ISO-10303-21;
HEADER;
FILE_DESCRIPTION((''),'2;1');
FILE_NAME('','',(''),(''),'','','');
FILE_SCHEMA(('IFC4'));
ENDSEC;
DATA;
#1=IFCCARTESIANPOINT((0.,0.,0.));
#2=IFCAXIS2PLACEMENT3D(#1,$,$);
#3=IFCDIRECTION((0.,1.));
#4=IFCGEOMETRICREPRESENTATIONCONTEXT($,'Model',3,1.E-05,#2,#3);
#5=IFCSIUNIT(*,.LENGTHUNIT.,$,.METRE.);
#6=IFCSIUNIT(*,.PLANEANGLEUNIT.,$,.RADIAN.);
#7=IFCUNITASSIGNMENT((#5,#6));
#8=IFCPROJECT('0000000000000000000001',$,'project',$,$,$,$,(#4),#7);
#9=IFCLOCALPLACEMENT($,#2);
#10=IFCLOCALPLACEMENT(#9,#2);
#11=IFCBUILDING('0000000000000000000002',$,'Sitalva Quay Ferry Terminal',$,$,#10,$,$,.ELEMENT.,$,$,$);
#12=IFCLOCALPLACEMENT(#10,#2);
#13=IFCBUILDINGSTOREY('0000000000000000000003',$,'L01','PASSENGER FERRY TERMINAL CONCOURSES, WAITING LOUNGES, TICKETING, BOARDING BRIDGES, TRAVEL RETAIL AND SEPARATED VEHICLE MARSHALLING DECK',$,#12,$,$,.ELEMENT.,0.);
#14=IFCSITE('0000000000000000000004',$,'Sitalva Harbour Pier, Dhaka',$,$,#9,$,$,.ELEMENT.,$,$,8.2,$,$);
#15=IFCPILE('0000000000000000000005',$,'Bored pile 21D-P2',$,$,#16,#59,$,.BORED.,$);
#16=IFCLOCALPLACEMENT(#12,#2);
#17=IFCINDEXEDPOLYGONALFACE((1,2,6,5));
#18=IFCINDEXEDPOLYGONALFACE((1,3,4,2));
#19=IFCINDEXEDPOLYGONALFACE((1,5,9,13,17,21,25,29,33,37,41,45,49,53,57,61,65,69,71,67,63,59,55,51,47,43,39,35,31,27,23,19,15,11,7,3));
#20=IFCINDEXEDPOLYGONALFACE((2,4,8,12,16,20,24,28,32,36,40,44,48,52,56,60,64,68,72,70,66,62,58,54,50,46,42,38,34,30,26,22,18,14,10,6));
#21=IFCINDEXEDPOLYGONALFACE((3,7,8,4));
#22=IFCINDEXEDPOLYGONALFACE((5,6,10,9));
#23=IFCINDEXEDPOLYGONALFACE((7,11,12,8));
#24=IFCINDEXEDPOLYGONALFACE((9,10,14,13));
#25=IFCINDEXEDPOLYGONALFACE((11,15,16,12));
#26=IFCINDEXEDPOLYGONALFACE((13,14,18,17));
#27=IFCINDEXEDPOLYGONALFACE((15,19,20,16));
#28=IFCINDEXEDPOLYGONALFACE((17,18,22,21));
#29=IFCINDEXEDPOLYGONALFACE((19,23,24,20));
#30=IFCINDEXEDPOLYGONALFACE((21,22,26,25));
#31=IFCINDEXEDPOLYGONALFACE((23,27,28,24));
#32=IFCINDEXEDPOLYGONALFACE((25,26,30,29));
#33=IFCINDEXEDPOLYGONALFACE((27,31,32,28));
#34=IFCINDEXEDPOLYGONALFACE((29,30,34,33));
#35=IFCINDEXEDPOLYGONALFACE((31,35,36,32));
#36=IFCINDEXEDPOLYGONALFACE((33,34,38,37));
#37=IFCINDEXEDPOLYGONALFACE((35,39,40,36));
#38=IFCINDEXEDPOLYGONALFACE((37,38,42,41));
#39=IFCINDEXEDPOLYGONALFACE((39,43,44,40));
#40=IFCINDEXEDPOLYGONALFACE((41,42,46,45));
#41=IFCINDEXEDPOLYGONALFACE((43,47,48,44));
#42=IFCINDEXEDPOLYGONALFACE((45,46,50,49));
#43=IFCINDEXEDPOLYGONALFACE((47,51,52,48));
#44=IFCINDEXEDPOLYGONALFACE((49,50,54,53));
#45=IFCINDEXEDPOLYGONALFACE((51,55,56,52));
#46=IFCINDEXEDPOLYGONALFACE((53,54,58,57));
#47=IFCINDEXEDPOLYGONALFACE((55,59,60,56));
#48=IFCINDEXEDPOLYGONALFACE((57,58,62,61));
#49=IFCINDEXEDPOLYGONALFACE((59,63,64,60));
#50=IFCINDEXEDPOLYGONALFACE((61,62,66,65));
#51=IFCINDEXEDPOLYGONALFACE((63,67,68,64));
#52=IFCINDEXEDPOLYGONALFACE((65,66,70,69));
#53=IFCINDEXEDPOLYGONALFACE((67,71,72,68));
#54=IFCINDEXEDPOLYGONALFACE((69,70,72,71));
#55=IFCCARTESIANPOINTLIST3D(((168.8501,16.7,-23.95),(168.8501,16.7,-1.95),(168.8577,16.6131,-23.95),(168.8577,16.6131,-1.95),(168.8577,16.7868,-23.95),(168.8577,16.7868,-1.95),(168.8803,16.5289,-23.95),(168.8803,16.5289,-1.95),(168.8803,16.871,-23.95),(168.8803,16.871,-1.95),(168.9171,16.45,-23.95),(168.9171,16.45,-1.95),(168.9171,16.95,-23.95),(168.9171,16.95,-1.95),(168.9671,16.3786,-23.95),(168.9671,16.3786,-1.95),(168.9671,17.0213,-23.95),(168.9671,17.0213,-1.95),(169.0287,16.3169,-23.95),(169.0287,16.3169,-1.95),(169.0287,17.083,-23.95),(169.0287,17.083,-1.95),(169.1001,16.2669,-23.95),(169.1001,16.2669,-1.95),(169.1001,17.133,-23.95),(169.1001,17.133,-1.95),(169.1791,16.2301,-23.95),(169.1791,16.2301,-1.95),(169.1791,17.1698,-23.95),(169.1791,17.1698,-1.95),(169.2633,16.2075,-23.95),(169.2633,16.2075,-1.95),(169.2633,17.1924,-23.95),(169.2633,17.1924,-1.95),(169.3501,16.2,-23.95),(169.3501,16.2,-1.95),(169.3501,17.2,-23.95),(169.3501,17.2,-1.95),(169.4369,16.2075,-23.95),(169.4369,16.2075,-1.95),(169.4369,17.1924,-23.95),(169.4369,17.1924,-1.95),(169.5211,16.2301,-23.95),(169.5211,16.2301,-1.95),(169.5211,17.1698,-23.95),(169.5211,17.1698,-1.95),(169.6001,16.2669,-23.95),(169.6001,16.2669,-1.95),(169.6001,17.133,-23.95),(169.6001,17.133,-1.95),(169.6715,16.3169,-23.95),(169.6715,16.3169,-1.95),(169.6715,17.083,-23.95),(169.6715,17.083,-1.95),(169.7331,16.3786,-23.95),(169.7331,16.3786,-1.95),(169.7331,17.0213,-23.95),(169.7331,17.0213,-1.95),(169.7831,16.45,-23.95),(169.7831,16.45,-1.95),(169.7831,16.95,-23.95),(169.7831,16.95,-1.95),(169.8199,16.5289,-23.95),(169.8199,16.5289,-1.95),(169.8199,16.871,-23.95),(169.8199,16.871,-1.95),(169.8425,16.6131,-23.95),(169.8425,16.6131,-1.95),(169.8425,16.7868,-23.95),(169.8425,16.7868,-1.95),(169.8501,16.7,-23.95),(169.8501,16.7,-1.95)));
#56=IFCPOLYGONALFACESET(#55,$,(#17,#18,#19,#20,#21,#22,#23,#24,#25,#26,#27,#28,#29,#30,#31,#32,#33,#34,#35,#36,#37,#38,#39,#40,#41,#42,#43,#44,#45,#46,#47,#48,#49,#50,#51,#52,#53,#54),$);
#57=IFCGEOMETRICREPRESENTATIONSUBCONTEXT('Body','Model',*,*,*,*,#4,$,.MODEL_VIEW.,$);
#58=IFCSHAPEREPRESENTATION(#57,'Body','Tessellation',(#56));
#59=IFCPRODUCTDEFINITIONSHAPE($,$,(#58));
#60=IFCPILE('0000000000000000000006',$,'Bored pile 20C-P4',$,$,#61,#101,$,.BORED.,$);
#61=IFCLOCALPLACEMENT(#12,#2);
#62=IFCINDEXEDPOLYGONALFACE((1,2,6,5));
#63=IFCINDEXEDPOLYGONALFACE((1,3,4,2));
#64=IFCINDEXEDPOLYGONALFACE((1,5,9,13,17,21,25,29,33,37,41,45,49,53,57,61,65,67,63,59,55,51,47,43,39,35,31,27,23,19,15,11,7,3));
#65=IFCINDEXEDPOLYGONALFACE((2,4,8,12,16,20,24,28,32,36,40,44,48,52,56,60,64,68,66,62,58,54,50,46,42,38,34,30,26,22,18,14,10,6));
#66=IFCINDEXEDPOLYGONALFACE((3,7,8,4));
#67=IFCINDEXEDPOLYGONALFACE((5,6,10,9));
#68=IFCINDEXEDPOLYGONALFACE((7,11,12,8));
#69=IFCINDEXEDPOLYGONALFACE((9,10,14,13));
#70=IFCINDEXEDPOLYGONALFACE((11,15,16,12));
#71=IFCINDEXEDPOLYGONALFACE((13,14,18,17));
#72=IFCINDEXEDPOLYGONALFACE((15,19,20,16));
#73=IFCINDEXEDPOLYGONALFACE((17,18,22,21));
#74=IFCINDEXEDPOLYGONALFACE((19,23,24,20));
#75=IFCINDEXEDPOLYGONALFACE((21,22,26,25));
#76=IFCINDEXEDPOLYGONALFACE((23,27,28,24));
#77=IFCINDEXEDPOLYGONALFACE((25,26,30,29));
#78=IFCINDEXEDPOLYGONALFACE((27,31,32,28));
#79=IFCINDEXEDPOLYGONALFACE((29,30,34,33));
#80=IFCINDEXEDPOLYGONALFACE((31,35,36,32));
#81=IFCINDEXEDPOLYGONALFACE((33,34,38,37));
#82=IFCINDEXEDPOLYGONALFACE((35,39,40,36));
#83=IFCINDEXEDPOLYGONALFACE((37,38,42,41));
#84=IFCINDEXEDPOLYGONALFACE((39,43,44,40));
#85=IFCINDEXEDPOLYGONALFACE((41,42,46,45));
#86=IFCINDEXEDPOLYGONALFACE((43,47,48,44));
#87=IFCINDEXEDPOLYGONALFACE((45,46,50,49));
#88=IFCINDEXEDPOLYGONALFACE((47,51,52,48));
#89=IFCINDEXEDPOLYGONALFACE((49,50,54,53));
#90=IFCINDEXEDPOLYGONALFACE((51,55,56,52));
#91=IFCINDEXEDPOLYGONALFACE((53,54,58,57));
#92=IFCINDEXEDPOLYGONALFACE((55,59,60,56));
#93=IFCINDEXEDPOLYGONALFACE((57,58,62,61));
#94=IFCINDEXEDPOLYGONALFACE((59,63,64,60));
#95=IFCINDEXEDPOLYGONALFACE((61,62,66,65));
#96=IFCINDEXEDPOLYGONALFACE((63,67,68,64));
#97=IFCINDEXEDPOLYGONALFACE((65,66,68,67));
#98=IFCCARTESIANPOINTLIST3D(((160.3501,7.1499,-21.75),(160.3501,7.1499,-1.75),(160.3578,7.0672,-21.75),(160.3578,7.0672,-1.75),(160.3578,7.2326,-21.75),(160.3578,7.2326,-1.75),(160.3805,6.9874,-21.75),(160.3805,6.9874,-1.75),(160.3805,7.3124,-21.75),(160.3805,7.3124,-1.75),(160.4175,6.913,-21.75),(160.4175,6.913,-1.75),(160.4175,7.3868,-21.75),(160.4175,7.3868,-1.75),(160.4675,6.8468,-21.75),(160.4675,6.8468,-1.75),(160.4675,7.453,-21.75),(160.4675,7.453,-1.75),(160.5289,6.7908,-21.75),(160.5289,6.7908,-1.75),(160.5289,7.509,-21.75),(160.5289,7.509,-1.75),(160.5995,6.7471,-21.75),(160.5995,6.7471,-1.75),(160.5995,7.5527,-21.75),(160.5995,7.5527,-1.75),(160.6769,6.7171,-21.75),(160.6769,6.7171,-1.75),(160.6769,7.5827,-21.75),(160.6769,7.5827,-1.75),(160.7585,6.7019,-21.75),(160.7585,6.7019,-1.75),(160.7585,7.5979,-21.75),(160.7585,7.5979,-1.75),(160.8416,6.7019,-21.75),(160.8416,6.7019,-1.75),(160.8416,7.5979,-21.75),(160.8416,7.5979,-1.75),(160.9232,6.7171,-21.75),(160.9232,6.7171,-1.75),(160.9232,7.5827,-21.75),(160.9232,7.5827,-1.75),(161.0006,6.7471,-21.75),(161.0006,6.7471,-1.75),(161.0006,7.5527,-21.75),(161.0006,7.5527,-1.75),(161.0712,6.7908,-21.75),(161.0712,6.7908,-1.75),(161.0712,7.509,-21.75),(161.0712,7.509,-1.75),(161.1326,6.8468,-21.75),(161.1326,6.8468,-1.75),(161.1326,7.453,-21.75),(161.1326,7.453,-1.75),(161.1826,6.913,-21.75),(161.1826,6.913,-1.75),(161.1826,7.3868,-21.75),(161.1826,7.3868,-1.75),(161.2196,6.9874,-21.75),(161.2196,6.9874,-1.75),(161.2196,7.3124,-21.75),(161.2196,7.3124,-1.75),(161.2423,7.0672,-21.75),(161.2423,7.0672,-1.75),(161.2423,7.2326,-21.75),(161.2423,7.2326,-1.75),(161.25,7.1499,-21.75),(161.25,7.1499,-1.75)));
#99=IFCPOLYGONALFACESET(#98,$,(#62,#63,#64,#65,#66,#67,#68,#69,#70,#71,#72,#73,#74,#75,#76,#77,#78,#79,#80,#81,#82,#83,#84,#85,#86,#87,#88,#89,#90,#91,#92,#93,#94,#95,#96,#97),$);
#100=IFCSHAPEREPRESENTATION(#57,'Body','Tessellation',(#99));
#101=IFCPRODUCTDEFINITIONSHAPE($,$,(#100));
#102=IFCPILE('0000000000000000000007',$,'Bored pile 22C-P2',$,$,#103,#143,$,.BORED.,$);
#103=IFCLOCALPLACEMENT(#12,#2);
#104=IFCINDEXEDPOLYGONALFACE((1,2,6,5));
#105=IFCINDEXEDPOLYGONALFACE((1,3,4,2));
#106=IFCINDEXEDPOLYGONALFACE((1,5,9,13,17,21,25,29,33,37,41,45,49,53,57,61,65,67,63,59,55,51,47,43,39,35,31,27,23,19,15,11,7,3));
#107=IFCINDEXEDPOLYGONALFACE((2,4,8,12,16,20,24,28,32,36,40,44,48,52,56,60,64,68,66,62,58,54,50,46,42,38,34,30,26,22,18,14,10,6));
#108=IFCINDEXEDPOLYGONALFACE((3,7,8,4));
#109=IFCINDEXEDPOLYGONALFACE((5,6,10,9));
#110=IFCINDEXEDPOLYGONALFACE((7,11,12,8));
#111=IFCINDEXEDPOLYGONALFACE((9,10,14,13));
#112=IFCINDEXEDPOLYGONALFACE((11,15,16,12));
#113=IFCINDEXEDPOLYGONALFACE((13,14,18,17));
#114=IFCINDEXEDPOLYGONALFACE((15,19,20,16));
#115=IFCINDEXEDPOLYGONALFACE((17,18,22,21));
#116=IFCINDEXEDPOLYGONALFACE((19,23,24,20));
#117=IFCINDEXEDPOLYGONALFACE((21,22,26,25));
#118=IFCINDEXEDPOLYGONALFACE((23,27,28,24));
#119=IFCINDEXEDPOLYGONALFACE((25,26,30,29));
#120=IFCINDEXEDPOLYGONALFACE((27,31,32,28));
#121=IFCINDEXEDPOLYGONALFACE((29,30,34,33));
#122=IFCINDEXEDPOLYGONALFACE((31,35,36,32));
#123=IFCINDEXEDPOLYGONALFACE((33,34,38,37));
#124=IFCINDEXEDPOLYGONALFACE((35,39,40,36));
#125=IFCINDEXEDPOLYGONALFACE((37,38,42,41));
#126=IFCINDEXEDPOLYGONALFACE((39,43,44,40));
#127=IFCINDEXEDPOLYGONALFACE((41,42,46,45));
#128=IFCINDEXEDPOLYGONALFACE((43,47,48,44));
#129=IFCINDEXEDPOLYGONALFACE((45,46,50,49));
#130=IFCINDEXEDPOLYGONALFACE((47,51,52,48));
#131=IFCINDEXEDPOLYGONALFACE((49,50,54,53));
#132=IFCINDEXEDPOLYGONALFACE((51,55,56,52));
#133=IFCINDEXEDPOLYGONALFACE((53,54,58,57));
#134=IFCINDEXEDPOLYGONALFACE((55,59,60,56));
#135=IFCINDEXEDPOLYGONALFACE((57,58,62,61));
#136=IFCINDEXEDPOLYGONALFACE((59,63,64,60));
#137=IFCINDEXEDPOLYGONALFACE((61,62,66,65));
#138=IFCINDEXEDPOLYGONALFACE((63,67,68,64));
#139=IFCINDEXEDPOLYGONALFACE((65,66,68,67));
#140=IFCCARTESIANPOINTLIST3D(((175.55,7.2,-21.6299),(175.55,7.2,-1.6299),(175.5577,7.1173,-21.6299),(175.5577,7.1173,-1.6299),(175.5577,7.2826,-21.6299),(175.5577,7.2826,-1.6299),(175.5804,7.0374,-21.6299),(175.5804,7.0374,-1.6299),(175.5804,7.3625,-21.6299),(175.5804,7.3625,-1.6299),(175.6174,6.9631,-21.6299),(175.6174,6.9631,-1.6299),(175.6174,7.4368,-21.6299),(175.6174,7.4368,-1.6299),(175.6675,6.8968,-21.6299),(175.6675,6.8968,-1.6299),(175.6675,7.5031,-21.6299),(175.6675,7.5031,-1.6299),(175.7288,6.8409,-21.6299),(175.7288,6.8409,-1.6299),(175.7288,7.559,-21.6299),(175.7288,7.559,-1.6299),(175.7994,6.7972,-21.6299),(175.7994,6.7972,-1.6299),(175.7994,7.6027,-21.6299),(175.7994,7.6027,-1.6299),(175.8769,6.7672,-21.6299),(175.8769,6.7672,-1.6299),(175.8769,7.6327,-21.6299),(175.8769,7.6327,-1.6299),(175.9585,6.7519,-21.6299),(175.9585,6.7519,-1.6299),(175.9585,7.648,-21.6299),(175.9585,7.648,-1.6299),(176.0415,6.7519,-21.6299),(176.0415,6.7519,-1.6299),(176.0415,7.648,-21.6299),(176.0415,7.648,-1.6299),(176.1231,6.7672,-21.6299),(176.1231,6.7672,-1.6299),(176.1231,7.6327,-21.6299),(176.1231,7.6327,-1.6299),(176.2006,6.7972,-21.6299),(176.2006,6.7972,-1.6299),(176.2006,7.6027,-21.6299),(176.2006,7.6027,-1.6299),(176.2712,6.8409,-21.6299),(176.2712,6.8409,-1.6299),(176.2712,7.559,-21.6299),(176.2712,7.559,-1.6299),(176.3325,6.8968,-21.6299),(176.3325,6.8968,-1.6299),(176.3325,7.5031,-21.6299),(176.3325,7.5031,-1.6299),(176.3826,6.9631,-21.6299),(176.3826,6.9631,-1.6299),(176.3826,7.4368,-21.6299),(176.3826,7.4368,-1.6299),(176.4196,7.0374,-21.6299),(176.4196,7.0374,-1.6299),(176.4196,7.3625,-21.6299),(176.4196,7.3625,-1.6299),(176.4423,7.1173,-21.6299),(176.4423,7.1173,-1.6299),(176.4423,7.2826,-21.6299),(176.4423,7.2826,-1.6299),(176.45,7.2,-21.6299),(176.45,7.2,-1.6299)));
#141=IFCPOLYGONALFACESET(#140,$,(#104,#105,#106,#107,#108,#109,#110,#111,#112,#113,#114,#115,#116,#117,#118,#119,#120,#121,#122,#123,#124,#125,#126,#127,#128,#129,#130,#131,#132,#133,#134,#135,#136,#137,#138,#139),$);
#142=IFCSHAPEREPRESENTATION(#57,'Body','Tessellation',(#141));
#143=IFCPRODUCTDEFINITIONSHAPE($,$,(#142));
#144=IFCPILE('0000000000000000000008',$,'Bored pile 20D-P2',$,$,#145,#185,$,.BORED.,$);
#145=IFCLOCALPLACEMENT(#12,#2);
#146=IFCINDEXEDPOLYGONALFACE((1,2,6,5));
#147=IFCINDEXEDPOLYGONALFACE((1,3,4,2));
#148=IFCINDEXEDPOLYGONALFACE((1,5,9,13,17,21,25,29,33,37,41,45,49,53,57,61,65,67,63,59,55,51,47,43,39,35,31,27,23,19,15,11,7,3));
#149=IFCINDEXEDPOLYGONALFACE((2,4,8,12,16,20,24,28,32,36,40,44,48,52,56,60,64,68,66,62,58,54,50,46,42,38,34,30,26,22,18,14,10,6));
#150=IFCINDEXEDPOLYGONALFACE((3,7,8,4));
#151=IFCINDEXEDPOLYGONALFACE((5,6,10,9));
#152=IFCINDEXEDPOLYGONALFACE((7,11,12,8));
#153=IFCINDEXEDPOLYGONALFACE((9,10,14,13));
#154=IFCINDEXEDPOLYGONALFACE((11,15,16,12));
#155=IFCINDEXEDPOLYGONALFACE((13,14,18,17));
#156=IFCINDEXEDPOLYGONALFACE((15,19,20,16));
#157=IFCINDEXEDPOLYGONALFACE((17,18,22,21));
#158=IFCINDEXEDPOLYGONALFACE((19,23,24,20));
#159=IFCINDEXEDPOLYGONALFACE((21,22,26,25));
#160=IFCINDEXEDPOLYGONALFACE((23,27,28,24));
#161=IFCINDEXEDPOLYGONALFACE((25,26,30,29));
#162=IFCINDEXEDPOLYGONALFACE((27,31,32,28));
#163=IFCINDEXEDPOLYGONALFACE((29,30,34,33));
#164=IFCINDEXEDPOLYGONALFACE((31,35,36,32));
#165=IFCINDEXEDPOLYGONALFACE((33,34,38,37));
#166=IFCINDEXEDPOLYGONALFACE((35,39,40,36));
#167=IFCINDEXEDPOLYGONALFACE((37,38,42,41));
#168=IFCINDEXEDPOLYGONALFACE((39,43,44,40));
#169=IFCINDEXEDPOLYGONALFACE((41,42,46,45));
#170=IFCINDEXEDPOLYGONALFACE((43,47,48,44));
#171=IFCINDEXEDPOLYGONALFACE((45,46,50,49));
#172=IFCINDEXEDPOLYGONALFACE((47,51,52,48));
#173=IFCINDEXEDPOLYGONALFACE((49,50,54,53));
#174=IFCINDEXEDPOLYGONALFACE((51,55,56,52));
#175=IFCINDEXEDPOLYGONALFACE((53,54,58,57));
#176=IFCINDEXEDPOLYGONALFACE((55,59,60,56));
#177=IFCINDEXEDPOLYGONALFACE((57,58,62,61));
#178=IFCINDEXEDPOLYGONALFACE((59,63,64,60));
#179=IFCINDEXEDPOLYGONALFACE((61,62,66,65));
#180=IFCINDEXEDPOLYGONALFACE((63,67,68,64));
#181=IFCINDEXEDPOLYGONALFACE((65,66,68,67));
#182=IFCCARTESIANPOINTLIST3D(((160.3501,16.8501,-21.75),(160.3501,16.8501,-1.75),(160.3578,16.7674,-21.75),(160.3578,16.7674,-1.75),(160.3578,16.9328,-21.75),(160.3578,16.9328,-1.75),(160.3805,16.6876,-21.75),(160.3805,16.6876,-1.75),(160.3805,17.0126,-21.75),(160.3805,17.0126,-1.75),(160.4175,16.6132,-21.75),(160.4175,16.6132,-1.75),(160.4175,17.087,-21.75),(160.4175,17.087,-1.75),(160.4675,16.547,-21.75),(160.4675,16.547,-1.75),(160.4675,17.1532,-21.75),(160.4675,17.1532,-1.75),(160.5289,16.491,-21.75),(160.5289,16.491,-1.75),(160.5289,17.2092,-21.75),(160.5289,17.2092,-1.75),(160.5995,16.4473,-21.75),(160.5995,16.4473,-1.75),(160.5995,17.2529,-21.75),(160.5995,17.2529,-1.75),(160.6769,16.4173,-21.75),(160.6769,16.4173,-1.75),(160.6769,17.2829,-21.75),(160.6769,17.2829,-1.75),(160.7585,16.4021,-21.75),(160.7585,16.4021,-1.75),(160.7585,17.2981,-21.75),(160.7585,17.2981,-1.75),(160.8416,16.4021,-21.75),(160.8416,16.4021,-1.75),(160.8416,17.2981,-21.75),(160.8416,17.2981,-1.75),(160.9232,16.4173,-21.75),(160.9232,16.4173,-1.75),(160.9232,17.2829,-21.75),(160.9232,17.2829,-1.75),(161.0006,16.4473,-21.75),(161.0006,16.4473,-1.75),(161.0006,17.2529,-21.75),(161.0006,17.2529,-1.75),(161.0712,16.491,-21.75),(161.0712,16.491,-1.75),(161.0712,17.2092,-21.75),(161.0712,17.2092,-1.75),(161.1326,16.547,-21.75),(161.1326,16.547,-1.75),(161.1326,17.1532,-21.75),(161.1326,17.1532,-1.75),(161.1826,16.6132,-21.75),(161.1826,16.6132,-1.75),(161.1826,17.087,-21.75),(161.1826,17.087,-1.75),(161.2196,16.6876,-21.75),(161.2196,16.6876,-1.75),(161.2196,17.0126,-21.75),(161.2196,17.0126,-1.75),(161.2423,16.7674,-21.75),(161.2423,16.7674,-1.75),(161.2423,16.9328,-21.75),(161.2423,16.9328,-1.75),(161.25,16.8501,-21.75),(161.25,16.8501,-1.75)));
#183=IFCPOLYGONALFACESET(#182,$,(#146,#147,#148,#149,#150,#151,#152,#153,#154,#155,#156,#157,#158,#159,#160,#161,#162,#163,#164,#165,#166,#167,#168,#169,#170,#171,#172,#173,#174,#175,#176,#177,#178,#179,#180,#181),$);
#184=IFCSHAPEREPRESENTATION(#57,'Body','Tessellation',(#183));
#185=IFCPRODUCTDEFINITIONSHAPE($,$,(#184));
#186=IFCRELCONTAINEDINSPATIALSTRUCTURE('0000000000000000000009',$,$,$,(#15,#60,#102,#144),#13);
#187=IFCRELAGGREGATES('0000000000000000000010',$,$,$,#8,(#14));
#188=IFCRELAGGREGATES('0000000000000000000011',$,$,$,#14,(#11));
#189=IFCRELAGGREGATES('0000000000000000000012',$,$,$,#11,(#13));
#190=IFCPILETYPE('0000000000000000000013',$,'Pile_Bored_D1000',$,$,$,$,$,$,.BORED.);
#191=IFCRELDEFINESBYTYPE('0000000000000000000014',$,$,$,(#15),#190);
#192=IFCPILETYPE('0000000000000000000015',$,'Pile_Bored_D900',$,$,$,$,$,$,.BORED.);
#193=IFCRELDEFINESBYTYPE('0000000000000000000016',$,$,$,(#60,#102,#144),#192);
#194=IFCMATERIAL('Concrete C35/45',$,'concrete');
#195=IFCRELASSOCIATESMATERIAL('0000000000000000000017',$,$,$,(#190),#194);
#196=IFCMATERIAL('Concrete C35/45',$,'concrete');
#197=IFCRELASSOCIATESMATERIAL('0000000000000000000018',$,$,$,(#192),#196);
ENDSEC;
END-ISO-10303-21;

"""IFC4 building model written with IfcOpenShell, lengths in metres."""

from ifc_helpers import new_model, si_unit, direction, frame, origin, origin_2d, place, context, subcontext, project, spatial, circle, extrude, material, material_profile, profile_set, type_object, element, save


model = new_model("IFC4")

# Units and contexts
model_context = context("Model", 3, precision=1e-05, world=origin(), true_north=direction((0.0, 1.0)))
body_context = subcontext(model_context, "Body", "Model", "MODEL_VIEW")
ifc_project = project(units=[si_unit("LENGTHUNIT", "METRE"), si_unit("PLANEANGLEUNIT", "RADIAN")], contexts=[model_context])

# Site, building, storey
site_placement = place(None, origin())
site = spatial("IfcSite", under=ifc_project, at=site_placement, Name="Sitalva Harbour Pier, Dhaka", CompositionType="ELEMENT", RefElevation=8.2)
building_placement = place(site_placement, origin())
building = spatial("IfcBuilding", under=site, at=building_placement, Name="Sitalva Quay Ferry Terminal", CompositionType="ELEMENT")
storey_placement = place(building_placement, origin())
storey = spatial("IfcBuildingStorey", under=building, at=storey_placement, Name="L01", Description="PASSENGER FERRY TERMINAL CONCOURSES, WAITING LOUNGES, TICKETING, BOARDING BRIDGES, TRAVEL RETAIL AND SEPARATED VEHICLE MARSHALLING DECK", CompositionType="ELEMENT", Elevation=0.0)

# Piles
ifc_material_1 = material(Name="Concrete C35/45", Category="concrete")
ifc_material_profile_1 = material_profile(ifc_material_1, circle(Radius=0.5, at=origin_2d()), Name="PILE-D1000")
ifc_profile_set_1 = profile_set([ifc_material_profile_1], Name="Concrete C35/45")
pile_type_1 = type_object("IfcPileType", Name="Pile_Bored_D1000", PredefinedType="BORED", material=ifc_profile_set_1)
for number, where, z_axis, x_axis, name in (
    (1, (169.3501, 16.7, -1.95), (0.0, 0.0, -1.0), (1.0, 0.0, 0.0), "Bored pile 21D-P2"),
):
    element("IfcPile", number, at=place(storey_placement, frame(where, z_axis=z_axis, x_axis=x_axis)), inside=storey, type_object=pile_type_1, Name=name, PredefinedType="BORED", context=body_context, shape_type="SweptSolid", body=[
        extrude(circle(Radius=0.5, at=origin_2d()), origin(), (0.0, 0.0, 1.0), 22.0),
    ])
ifc_material_2 = material(Name="Concrete C35/45", Category="concrete")
ifc_material_profile_2 = material_profile(ifc_material_2, circle(Radius=0.45, at=origin_2d()), Name="PILE-D900")
ifc_profile_set_2 = profile_set([ifc_material_profile_2], Name="Concrete C35/45")
pile_type_2 = type_object("IfcPileType", Name="Pile_Bored_D900", PredefinedType="BORED", material=ifc_profile_set_2)
for number, where, z_axis, x_axis, name in (
    (2, (160.8, 7.1499, -1.75), (0.0, 0.0, -1.0), (1.0, 0.0, 0.0), "Bored pile 20C-P4"),
    (3, (176.0, 7.2, -1.6299), (0.0, 0.0, -1.0), (1.0, 0.0, 0.0), "Bored pile 22C-P2"),
    (4, (160.8, 16.8501, -1.75), (0.0, 0.0, -1.0), (1.0, 0.0, 0.0), "Bored pile 20D-P2"),
):
    element("IfcPile", number, at=place(storey_placement, frame(where, z_axis=z_axis, x_axis=x_axis)), inside=storey, type_object=pile_type_2, Name=name, PredefinedType="BORED", context=body_context, shape_type="SweptSolid", body=[
        extrude(circle(Radius=0.45, at=origin_2d()), origin(), (0.0, 0.0, 1.0), 20.0),
    ])

save(model, "model.ifc")
